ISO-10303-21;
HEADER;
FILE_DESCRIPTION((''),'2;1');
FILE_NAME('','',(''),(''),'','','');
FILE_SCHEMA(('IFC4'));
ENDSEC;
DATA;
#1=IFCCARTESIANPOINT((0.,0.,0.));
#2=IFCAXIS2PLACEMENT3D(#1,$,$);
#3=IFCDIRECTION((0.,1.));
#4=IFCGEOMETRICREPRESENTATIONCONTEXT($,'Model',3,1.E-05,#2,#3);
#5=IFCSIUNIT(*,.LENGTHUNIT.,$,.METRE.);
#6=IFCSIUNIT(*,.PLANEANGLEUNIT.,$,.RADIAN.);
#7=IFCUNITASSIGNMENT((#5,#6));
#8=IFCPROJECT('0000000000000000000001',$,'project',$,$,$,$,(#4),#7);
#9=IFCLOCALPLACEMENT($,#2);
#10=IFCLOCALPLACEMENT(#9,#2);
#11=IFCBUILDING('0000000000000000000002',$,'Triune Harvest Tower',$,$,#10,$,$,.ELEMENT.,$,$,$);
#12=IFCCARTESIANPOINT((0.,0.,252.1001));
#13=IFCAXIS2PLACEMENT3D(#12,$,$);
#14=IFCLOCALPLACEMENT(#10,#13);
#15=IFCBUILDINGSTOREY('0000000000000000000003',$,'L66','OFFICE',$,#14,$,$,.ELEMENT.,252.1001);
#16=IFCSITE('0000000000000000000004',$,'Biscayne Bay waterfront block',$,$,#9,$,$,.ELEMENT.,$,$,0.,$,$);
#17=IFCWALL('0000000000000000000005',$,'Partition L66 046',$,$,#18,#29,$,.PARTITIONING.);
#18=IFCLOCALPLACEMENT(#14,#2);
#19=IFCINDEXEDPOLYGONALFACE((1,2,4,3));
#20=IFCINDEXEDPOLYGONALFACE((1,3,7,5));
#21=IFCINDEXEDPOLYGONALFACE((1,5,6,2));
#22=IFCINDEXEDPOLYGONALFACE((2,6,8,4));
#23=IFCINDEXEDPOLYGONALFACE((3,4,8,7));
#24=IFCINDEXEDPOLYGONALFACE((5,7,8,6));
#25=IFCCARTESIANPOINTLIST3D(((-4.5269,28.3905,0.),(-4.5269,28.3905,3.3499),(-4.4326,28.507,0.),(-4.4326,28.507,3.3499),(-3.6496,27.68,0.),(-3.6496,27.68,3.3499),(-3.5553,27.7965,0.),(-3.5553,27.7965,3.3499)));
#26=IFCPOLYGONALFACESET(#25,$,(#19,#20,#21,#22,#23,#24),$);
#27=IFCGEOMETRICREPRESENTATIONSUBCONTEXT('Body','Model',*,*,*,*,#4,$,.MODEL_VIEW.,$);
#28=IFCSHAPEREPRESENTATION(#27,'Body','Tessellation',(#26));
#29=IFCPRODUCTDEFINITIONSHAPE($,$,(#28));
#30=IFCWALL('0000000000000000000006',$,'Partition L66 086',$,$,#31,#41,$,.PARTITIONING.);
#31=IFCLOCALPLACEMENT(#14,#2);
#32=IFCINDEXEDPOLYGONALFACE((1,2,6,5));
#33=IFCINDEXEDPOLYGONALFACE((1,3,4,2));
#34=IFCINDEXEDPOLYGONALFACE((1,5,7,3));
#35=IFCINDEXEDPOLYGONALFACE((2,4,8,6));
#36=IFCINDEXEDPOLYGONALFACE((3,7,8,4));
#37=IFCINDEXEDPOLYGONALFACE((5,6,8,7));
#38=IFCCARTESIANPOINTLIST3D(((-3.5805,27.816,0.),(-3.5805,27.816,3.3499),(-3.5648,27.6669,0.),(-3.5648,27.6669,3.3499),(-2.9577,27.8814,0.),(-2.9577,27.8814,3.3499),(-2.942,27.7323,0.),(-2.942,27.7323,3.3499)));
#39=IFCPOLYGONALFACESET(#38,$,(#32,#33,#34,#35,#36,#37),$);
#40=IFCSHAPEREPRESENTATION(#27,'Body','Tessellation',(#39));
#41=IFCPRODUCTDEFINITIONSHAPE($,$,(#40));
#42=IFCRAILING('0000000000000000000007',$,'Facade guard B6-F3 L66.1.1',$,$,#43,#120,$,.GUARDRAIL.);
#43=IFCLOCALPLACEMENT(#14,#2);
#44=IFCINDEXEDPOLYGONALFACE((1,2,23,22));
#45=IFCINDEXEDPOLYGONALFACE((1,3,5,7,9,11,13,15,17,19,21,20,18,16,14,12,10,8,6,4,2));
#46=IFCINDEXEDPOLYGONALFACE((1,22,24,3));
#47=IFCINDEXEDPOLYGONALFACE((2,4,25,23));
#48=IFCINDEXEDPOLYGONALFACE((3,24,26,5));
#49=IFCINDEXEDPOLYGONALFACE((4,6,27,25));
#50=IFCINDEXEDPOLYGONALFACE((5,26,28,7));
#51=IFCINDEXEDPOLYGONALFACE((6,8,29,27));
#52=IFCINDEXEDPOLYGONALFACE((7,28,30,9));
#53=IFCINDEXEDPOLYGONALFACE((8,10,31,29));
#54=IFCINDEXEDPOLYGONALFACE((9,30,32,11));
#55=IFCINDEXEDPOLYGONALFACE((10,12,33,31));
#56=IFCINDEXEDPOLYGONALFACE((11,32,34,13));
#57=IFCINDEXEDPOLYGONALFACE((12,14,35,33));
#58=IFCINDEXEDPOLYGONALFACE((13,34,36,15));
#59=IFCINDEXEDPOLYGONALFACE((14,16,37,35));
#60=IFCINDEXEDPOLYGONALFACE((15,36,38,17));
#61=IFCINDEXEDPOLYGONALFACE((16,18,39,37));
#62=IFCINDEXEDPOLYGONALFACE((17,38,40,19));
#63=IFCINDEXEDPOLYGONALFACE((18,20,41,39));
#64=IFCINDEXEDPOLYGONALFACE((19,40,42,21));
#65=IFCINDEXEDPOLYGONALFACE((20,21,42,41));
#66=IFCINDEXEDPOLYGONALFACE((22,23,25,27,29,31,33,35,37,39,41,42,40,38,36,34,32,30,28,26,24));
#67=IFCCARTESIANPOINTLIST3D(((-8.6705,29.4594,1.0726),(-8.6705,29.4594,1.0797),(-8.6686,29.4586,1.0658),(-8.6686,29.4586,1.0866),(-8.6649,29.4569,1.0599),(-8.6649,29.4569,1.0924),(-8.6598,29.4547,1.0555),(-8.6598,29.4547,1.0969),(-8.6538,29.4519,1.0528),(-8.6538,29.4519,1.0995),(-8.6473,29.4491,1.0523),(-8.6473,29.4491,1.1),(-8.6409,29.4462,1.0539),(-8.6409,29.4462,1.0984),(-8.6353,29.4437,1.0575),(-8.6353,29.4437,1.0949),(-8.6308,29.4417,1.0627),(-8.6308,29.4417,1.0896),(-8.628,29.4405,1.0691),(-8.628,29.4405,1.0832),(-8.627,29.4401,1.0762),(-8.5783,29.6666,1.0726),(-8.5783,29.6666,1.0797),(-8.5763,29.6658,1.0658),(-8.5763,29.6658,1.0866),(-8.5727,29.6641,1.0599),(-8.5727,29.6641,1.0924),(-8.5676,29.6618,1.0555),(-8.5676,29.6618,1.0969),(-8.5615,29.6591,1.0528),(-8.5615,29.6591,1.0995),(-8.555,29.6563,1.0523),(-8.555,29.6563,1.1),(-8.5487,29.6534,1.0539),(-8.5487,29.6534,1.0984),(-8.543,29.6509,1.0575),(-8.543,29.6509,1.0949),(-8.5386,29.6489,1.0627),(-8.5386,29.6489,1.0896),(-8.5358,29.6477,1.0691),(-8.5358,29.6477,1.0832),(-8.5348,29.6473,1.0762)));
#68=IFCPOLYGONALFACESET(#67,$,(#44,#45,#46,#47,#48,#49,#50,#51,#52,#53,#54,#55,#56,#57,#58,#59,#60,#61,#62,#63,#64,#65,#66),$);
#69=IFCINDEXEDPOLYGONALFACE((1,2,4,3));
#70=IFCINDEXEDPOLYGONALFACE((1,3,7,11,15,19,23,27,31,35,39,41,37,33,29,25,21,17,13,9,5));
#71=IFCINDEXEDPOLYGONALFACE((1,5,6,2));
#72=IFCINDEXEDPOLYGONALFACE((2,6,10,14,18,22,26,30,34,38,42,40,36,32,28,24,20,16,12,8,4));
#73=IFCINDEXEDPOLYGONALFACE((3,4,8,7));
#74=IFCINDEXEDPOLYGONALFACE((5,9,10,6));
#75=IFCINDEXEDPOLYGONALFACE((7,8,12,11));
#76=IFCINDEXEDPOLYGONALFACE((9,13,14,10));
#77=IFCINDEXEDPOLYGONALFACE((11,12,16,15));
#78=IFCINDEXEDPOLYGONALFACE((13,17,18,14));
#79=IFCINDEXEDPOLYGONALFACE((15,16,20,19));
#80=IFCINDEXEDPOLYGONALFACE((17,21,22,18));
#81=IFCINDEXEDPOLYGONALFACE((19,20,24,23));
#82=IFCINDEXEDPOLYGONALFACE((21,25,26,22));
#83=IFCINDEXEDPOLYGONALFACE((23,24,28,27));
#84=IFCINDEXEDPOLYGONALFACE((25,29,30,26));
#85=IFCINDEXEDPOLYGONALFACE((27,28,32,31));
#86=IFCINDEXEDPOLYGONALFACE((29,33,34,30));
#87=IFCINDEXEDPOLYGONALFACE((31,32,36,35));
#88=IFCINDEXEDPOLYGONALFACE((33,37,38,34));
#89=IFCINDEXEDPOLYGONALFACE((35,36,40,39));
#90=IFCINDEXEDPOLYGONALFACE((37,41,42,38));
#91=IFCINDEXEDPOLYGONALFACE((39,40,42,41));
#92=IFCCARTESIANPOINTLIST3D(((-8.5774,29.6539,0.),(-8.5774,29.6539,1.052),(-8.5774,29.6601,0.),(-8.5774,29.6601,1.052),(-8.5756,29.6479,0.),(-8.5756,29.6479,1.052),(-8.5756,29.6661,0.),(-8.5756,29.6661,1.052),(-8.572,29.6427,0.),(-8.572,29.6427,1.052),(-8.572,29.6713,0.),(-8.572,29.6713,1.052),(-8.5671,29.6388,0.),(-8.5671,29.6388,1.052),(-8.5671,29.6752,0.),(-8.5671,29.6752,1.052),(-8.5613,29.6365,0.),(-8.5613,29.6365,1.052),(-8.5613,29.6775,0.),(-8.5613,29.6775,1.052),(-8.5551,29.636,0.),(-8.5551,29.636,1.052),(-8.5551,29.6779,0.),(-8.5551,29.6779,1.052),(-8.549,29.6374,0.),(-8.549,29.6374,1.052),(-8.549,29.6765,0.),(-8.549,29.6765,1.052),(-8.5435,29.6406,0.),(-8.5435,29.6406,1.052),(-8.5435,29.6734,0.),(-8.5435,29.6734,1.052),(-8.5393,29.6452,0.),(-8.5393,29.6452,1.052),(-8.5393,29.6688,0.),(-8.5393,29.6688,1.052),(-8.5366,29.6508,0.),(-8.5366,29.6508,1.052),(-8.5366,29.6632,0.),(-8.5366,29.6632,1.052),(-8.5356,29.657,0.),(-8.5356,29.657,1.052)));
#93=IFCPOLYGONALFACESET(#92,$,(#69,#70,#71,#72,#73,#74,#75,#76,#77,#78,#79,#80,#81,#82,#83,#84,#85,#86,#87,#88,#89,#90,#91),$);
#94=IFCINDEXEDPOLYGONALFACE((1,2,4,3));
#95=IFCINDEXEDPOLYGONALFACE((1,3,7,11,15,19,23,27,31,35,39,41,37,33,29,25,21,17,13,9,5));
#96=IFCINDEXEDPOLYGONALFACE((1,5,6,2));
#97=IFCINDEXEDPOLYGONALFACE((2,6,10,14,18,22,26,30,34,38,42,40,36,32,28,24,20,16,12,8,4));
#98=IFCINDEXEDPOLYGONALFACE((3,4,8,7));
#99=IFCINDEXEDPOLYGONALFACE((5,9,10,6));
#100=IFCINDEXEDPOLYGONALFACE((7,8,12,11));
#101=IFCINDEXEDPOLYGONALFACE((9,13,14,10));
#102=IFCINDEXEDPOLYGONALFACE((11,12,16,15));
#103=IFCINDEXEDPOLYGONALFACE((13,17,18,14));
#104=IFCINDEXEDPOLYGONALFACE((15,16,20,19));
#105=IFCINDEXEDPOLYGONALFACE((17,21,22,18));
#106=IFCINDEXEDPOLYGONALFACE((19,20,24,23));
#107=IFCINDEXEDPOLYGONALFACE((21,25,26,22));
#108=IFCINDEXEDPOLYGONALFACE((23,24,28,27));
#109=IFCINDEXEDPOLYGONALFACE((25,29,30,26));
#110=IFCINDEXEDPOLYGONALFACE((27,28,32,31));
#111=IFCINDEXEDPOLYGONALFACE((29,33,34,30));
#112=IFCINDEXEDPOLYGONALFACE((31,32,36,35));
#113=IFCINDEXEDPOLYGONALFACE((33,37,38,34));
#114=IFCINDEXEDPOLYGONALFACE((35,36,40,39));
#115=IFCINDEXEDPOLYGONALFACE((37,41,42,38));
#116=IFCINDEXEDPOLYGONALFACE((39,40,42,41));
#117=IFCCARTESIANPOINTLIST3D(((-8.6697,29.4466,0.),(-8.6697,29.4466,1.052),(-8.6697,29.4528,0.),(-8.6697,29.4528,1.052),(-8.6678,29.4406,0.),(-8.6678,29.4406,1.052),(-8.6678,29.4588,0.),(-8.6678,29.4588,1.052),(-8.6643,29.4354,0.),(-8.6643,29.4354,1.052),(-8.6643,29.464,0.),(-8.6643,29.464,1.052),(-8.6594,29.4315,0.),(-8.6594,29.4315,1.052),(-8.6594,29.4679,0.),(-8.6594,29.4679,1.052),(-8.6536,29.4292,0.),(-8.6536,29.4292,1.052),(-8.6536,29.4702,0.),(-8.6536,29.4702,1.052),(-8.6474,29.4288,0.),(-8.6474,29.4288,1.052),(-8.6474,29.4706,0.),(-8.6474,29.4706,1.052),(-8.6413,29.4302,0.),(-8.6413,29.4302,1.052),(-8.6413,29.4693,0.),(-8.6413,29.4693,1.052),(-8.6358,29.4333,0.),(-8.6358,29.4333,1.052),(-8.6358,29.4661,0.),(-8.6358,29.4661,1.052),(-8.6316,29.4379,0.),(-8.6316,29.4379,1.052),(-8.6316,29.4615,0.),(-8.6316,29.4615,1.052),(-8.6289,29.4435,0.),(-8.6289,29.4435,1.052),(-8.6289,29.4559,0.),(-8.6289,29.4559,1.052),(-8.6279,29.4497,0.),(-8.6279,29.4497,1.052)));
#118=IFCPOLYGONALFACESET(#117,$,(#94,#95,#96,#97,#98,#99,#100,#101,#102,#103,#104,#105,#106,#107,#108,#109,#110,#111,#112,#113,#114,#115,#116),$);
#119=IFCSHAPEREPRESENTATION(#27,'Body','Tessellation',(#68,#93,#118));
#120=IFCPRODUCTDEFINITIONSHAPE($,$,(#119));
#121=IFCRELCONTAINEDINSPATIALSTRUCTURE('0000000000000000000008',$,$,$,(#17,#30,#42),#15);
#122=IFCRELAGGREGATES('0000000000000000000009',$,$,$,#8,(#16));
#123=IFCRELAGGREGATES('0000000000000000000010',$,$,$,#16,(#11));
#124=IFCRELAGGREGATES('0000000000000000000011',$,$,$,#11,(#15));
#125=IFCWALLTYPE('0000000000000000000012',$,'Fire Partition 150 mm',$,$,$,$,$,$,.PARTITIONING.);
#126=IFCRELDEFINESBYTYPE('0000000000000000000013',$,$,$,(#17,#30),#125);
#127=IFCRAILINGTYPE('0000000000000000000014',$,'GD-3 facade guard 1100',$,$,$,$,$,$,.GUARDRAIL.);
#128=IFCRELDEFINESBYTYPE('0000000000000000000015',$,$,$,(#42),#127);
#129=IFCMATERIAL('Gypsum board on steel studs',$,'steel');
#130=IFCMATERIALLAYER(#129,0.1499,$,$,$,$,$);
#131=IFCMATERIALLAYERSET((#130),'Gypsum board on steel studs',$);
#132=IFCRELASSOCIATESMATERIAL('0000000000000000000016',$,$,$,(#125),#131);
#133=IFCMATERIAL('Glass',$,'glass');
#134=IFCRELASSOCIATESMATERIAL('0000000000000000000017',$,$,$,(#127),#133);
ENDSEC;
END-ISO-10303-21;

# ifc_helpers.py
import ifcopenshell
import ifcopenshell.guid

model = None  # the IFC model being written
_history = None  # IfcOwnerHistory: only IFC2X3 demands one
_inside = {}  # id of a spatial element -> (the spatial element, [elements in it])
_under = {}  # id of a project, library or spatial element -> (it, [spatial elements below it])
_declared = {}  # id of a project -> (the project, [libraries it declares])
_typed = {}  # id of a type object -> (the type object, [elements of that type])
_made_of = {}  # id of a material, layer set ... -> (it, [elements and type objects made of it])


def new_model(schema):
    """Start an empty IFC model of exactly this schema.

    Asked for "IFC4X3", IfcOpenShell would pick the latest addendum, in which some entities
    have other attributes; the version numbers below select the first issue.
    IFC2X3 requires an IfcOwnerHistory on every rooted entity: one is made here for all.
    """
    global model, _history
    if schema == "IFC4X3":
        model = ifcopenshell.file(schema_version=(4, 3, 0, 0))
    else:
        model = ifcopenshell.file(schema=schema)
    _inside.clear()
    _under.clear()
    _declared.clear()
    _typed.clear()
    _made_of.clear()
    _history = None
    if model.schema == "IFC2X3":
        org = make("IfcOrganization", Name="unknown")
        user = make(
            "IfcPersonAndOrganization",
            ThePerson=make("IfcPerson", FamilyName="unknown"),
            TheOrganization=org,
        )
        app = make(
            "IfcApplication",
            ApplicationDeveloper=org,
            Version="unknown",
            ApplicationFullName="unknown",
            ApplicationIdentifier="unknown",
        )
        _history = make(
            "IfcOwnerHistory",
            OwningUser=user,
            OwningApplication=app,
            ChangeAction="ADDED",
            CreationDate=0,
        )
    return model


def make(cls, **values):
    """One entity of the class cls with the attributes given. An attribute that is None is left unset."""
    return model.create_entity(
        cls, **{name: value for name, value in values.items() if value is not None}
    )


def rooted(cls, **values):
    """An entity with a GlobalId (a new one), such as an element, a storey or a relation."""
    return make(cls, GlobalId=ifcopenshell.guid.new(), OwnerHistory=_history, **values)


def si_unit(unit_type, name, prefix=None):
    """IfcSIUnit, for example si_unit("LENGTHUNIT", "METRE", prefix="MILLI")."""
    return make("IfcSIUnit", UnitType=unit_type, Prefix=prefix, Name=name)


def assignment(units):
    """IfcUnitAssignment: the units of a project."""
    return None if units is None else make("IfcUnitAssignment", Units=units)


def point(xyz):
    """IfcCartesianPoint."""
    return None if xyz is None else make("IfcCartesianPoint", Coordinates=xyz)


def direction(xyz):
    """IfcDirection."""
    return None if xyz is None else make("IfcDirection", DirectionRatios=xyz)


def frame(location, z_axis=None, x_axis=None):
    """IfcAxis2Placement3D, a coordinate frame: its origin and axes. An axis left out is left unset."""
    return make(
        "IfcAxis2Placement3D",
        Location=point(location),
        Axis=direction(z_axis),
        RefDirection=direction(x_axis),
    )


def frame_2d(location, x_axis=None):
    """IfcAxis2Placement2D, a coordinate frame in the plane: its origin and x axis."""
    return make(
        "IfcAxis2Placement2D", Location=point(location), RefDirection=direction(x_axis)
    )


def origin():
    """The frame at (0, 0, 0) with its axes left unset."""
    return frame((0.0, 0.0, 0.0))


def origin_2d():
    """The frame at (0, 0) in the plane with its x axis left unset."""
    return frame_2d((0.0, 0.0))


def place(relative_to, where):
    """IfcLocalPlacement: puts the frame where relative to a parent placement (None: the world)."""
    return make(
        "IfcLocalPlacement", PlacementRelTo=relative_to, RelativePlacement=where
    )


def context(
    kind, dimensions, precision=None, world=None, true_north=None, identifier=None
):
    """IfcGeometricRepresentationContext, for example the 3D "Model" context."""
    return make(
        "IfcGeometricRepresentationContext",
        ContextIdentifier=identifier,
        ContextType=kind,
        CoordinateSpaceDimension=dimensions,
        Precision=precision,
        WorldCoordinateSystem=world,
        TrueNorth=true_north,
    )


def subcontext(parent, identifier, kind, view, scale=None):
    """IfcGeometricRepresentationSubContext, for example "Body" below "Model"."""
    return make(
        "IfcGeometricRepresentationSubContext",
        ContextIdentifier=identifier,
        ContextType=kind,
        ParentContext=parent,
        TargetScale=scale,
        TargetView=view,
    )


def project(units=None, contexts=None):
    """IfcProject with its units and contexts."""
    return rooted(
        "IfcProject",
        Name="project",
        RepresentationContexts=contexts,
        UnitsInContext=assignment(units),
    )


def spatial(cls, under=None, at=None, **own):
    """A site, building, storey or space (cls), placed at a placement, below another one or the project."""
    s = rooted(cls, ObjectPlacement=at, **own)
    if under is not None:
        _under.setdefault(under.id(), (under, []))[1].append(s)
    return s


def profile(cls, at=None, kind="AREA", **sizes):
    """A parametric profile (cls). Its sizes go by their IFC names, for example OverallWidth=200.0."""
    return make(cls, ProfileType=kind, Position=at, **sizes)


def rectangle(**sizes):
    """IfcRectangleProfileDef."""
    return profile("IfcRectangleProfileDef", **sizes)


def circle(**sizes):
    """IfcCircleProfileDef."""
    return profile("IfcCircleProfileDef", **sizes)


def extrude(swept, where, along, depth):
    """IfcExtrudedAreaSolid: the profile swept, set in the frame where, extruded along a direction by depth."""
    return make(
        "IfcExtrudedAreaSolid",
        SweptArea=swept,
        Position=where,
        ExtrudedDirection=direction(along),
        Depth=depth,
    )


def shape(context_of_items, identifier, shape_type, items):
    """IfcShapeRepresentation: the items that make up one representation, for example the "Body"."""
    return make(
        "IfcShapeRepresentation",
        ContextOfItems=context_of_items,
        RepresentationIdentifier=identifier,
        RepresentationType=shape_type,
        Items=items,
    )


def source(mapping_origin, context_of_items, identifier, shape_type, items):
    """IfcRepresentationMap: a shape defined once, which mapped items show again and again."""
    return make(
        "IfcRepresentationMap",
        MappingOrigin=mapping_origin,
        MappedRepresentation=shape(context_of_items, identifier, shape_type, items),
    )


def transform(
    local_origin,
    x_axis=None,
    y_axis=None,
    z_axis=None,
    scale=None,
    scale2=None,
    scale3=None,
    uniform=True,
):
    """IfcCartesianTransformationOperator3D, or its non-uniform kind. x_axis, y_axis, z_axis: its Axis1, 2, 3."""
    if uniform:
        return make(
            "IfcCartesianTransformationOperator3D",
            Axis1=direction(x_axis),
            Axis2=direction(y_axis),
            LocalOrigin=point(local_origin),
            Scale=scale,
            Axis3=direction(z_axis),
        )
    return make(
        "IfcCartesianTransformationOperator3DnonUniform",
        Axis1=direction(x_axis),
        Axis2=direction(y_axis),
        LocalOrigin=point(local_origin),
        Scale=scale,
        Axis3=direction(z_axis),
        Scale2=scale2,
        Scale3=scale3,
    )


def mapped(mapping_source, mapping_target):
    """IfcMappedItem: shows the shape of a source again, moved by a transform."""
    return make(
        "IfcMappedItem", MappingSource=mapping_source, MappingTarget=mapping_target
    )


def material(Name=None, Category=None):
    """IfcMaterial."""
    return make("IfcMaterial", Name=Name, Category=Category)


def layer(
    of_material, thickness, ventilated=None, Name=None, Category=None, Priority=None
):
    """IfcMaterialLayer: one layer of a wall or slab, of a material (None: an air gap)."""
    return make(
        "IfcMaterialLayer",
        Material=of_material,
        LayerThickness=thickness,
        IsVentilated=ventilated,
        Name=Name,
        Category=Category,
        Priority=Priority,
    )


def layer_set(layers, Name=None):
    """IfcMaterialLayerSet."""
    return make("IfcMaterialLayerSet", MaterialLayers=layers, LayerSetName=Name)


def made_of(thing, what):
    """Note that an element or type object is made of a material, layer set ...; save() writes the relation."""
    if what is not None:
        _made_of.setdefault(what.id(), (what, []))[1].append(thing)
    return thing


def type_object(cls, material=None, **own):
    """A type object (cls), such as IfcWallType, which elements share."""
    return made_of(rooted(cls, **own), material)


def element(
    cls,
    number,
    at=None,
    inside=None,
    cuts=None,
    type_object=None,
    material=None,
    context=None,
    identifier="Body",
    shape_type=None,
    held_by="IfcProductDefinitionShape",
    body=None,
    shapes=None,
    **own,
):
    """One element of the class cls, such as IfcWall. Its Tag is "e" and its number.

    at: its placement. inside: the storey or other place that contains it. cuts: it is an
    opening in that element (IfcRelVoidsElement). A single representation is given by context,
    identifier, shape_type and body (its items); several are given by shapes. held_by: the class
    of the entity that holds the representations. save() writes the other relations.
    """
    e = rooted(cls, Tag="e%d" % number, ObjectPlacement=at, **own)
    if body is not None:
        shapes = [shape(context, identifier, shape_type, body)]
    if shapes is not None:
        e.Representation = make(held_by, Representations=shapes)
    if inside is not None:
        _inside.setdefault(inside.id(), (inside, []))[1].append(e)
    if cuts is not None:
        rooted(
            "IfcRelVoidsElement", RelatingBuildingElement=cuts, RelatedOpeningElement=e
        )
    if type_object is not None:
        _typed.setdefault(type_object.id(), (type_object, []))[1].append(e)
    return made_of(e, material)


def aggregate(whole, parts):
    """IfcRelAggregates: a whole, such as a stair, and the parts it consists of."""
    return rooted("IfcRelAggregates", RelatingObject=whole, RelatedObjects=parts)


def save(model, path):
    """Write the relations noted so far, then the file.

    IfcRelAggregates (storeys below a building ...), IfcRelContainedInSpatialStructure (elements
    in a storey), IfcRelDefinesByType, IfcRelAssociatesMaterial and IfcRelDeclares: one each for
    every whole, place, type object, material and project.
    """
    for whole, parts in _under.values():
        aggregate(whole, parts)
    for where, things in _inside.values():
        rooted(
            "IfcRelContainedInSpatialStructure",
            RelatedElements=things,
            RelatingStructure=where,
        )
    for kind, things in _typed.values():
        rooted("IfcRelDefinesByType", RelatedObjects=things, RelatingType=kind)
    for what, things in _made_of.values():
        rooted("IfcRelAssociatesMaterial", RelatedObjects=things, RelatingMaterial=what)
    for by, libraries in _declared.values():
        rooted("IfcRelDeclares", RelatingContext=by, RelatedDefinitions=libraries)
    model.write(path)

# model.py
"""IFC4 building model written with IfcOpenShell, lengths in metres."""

from ifc_helpers import new_model, si_unit, direction, frame, frame_2d, origin, origin_2d, place, context, subcontext, project, spatial, rectangle, circle, extrude, source, transform, mapped, material, layer, layer_set, type_object, element, save


model = new_model("IFC4")

# Units and contexts
model_context = context("Model", 3, precision=1e-05, world=origin(), true_north=direction((0.0, 1.0)))
body_context = subcontext(model_context, "Body", "Model", "MODEL_VIEW")
ifc_project = project(units=[si_unit("LENGTHUNIT", "METRE"), si_unit("PLANEANGLEUNIT", "RADIAN")], contexts=[model_context])

# Site, building, storey
site_placement = place(None, origin())
site = spatial("IfcSite", under=ifc_project, at=site_placement, Name="Biscayne Bay waterfront block", CompositionType="ELEMENT", RefElevation=0.0)
building_placement = place(site_placement, origin())
building = spatial("IfcBuilding", under=site, at=building_placement, Name="Triune Harvest Tower", CompositionType="ELEMENT")
storey_placement = place(building_placement, frame((0.0, 0.0, 252.1001)))
storey = spatial("IfcBuildingStorey", under=building, at=storey_placement, Name="L66", Description="OFFICE", CompositionType="ELEMENT", Elevation=252.1001)

# Shared definitions
ifc_material_1 = material(Name="Gypsum board on steel studs", Category="steel")
ifc_layer_1 = layer(ifc_material_1, 0.1499)
ifc_layer_set_1 = layer_set([ifc_layer_1], Name="Gypsum board on steel studs")
wall_type_1 = type_object("IfcWallType", Name="Fire Partition 150 mm", PredefinedType="PARTITIONING", material=ifc_layer_set_1)

# Walls
shared_shape_1 = source(origin(), body_context, "Body", "SweptSolid", [
    extrude(rectangle(XDim=1.1289, YDim=0.1499, at=frame_2d((0.5645, 0.0))), origin(), (0.0, 0.0, 1.0), 3.3499),
])
wall_1_placement = place(storey_placement, frame((-4.4797, 28.4487, 0.0), z_axis=(0.0, 0.0, 1.0), x_axis=(0.777099, -0.629379, 0.0)))
element("IfcWall", 1, at=wall_1_placement, inside=storey, type_object=wall_type_1, Name="Partition L66 046", PredefinedType="PARTITIONING", context=body_context, shape_type="MappedRepresentation", body=[
    mapped(shared_shape_1, transform((0.0, 0.0, 0.0), scale=1.0)),
])
shared_shape_2 = source(origin(), body_context, "Body", "SweptSolid", [
    extrude(rectangle(XDim=0.6262, YDim=0.1499, at=frame_2d((0.313, 0.0))), origin(), (0.0, 0.0, 1.0), 3.3499),
])
wall_2_placement = place(storey_placement, frame((-3.5725, 27.7415, 0.0), z_axis=(0.0, 0.0, 1.0), x_axis=(0.994527, 0.104482, 0.0)))
element("IfcWall", 2, at=wall_2_placement, inside=storey, type_object=wall_type_1, Name="Partition L66 086", PredefinedType="PARTITIONING", context=body_context, shape_type="MappedRepresentation", body=[
    mapped(shared_shape_2, transform((0.0, 0.0, 0.0), scale=1.0)),
])

# Railing
ifc_material_2 = material(Name="Glass", Category="glass")
railing_type = type_object("IfcRailingType", Name="GD-3 facade guard 1100", PredefinedType="GUARDRAIL", material=ifc_material_2)
railing_placement = place(storey_placement, frame((-8.5566, 29.657, 0.0)))
element("IfcRailing", 3, at=railing_placement, inside=storey, type_object=railing_type, Name="Facade guard B6-F3 L66.1.1", PredefinedType="GUARDRAIL", context=body_context, shape_type="SweptSolid", body=[
    extrude(circle(Radius=0.0239, at=origin_2d()), frame((0.0, 0.0, 1.0762), z_axis=(-0.406737, -0.913545, 0.0), x_axis=(0.913545, -0.406737, 0.0)), (0.0, 0.0, 1.0), 0.2268),
    extrude(circle(Radius=0.021, at=origin_2d()), origin(), (0.0, 0.0, 1.0), 1.052),
    extrude(circle(Radius=0.021, at=origin_2d()), frame((-0.0923, -0.2073, 0.0)), (0.0, 0.0, 1.0), 1.052),
])

save(model, "model.ifc")
